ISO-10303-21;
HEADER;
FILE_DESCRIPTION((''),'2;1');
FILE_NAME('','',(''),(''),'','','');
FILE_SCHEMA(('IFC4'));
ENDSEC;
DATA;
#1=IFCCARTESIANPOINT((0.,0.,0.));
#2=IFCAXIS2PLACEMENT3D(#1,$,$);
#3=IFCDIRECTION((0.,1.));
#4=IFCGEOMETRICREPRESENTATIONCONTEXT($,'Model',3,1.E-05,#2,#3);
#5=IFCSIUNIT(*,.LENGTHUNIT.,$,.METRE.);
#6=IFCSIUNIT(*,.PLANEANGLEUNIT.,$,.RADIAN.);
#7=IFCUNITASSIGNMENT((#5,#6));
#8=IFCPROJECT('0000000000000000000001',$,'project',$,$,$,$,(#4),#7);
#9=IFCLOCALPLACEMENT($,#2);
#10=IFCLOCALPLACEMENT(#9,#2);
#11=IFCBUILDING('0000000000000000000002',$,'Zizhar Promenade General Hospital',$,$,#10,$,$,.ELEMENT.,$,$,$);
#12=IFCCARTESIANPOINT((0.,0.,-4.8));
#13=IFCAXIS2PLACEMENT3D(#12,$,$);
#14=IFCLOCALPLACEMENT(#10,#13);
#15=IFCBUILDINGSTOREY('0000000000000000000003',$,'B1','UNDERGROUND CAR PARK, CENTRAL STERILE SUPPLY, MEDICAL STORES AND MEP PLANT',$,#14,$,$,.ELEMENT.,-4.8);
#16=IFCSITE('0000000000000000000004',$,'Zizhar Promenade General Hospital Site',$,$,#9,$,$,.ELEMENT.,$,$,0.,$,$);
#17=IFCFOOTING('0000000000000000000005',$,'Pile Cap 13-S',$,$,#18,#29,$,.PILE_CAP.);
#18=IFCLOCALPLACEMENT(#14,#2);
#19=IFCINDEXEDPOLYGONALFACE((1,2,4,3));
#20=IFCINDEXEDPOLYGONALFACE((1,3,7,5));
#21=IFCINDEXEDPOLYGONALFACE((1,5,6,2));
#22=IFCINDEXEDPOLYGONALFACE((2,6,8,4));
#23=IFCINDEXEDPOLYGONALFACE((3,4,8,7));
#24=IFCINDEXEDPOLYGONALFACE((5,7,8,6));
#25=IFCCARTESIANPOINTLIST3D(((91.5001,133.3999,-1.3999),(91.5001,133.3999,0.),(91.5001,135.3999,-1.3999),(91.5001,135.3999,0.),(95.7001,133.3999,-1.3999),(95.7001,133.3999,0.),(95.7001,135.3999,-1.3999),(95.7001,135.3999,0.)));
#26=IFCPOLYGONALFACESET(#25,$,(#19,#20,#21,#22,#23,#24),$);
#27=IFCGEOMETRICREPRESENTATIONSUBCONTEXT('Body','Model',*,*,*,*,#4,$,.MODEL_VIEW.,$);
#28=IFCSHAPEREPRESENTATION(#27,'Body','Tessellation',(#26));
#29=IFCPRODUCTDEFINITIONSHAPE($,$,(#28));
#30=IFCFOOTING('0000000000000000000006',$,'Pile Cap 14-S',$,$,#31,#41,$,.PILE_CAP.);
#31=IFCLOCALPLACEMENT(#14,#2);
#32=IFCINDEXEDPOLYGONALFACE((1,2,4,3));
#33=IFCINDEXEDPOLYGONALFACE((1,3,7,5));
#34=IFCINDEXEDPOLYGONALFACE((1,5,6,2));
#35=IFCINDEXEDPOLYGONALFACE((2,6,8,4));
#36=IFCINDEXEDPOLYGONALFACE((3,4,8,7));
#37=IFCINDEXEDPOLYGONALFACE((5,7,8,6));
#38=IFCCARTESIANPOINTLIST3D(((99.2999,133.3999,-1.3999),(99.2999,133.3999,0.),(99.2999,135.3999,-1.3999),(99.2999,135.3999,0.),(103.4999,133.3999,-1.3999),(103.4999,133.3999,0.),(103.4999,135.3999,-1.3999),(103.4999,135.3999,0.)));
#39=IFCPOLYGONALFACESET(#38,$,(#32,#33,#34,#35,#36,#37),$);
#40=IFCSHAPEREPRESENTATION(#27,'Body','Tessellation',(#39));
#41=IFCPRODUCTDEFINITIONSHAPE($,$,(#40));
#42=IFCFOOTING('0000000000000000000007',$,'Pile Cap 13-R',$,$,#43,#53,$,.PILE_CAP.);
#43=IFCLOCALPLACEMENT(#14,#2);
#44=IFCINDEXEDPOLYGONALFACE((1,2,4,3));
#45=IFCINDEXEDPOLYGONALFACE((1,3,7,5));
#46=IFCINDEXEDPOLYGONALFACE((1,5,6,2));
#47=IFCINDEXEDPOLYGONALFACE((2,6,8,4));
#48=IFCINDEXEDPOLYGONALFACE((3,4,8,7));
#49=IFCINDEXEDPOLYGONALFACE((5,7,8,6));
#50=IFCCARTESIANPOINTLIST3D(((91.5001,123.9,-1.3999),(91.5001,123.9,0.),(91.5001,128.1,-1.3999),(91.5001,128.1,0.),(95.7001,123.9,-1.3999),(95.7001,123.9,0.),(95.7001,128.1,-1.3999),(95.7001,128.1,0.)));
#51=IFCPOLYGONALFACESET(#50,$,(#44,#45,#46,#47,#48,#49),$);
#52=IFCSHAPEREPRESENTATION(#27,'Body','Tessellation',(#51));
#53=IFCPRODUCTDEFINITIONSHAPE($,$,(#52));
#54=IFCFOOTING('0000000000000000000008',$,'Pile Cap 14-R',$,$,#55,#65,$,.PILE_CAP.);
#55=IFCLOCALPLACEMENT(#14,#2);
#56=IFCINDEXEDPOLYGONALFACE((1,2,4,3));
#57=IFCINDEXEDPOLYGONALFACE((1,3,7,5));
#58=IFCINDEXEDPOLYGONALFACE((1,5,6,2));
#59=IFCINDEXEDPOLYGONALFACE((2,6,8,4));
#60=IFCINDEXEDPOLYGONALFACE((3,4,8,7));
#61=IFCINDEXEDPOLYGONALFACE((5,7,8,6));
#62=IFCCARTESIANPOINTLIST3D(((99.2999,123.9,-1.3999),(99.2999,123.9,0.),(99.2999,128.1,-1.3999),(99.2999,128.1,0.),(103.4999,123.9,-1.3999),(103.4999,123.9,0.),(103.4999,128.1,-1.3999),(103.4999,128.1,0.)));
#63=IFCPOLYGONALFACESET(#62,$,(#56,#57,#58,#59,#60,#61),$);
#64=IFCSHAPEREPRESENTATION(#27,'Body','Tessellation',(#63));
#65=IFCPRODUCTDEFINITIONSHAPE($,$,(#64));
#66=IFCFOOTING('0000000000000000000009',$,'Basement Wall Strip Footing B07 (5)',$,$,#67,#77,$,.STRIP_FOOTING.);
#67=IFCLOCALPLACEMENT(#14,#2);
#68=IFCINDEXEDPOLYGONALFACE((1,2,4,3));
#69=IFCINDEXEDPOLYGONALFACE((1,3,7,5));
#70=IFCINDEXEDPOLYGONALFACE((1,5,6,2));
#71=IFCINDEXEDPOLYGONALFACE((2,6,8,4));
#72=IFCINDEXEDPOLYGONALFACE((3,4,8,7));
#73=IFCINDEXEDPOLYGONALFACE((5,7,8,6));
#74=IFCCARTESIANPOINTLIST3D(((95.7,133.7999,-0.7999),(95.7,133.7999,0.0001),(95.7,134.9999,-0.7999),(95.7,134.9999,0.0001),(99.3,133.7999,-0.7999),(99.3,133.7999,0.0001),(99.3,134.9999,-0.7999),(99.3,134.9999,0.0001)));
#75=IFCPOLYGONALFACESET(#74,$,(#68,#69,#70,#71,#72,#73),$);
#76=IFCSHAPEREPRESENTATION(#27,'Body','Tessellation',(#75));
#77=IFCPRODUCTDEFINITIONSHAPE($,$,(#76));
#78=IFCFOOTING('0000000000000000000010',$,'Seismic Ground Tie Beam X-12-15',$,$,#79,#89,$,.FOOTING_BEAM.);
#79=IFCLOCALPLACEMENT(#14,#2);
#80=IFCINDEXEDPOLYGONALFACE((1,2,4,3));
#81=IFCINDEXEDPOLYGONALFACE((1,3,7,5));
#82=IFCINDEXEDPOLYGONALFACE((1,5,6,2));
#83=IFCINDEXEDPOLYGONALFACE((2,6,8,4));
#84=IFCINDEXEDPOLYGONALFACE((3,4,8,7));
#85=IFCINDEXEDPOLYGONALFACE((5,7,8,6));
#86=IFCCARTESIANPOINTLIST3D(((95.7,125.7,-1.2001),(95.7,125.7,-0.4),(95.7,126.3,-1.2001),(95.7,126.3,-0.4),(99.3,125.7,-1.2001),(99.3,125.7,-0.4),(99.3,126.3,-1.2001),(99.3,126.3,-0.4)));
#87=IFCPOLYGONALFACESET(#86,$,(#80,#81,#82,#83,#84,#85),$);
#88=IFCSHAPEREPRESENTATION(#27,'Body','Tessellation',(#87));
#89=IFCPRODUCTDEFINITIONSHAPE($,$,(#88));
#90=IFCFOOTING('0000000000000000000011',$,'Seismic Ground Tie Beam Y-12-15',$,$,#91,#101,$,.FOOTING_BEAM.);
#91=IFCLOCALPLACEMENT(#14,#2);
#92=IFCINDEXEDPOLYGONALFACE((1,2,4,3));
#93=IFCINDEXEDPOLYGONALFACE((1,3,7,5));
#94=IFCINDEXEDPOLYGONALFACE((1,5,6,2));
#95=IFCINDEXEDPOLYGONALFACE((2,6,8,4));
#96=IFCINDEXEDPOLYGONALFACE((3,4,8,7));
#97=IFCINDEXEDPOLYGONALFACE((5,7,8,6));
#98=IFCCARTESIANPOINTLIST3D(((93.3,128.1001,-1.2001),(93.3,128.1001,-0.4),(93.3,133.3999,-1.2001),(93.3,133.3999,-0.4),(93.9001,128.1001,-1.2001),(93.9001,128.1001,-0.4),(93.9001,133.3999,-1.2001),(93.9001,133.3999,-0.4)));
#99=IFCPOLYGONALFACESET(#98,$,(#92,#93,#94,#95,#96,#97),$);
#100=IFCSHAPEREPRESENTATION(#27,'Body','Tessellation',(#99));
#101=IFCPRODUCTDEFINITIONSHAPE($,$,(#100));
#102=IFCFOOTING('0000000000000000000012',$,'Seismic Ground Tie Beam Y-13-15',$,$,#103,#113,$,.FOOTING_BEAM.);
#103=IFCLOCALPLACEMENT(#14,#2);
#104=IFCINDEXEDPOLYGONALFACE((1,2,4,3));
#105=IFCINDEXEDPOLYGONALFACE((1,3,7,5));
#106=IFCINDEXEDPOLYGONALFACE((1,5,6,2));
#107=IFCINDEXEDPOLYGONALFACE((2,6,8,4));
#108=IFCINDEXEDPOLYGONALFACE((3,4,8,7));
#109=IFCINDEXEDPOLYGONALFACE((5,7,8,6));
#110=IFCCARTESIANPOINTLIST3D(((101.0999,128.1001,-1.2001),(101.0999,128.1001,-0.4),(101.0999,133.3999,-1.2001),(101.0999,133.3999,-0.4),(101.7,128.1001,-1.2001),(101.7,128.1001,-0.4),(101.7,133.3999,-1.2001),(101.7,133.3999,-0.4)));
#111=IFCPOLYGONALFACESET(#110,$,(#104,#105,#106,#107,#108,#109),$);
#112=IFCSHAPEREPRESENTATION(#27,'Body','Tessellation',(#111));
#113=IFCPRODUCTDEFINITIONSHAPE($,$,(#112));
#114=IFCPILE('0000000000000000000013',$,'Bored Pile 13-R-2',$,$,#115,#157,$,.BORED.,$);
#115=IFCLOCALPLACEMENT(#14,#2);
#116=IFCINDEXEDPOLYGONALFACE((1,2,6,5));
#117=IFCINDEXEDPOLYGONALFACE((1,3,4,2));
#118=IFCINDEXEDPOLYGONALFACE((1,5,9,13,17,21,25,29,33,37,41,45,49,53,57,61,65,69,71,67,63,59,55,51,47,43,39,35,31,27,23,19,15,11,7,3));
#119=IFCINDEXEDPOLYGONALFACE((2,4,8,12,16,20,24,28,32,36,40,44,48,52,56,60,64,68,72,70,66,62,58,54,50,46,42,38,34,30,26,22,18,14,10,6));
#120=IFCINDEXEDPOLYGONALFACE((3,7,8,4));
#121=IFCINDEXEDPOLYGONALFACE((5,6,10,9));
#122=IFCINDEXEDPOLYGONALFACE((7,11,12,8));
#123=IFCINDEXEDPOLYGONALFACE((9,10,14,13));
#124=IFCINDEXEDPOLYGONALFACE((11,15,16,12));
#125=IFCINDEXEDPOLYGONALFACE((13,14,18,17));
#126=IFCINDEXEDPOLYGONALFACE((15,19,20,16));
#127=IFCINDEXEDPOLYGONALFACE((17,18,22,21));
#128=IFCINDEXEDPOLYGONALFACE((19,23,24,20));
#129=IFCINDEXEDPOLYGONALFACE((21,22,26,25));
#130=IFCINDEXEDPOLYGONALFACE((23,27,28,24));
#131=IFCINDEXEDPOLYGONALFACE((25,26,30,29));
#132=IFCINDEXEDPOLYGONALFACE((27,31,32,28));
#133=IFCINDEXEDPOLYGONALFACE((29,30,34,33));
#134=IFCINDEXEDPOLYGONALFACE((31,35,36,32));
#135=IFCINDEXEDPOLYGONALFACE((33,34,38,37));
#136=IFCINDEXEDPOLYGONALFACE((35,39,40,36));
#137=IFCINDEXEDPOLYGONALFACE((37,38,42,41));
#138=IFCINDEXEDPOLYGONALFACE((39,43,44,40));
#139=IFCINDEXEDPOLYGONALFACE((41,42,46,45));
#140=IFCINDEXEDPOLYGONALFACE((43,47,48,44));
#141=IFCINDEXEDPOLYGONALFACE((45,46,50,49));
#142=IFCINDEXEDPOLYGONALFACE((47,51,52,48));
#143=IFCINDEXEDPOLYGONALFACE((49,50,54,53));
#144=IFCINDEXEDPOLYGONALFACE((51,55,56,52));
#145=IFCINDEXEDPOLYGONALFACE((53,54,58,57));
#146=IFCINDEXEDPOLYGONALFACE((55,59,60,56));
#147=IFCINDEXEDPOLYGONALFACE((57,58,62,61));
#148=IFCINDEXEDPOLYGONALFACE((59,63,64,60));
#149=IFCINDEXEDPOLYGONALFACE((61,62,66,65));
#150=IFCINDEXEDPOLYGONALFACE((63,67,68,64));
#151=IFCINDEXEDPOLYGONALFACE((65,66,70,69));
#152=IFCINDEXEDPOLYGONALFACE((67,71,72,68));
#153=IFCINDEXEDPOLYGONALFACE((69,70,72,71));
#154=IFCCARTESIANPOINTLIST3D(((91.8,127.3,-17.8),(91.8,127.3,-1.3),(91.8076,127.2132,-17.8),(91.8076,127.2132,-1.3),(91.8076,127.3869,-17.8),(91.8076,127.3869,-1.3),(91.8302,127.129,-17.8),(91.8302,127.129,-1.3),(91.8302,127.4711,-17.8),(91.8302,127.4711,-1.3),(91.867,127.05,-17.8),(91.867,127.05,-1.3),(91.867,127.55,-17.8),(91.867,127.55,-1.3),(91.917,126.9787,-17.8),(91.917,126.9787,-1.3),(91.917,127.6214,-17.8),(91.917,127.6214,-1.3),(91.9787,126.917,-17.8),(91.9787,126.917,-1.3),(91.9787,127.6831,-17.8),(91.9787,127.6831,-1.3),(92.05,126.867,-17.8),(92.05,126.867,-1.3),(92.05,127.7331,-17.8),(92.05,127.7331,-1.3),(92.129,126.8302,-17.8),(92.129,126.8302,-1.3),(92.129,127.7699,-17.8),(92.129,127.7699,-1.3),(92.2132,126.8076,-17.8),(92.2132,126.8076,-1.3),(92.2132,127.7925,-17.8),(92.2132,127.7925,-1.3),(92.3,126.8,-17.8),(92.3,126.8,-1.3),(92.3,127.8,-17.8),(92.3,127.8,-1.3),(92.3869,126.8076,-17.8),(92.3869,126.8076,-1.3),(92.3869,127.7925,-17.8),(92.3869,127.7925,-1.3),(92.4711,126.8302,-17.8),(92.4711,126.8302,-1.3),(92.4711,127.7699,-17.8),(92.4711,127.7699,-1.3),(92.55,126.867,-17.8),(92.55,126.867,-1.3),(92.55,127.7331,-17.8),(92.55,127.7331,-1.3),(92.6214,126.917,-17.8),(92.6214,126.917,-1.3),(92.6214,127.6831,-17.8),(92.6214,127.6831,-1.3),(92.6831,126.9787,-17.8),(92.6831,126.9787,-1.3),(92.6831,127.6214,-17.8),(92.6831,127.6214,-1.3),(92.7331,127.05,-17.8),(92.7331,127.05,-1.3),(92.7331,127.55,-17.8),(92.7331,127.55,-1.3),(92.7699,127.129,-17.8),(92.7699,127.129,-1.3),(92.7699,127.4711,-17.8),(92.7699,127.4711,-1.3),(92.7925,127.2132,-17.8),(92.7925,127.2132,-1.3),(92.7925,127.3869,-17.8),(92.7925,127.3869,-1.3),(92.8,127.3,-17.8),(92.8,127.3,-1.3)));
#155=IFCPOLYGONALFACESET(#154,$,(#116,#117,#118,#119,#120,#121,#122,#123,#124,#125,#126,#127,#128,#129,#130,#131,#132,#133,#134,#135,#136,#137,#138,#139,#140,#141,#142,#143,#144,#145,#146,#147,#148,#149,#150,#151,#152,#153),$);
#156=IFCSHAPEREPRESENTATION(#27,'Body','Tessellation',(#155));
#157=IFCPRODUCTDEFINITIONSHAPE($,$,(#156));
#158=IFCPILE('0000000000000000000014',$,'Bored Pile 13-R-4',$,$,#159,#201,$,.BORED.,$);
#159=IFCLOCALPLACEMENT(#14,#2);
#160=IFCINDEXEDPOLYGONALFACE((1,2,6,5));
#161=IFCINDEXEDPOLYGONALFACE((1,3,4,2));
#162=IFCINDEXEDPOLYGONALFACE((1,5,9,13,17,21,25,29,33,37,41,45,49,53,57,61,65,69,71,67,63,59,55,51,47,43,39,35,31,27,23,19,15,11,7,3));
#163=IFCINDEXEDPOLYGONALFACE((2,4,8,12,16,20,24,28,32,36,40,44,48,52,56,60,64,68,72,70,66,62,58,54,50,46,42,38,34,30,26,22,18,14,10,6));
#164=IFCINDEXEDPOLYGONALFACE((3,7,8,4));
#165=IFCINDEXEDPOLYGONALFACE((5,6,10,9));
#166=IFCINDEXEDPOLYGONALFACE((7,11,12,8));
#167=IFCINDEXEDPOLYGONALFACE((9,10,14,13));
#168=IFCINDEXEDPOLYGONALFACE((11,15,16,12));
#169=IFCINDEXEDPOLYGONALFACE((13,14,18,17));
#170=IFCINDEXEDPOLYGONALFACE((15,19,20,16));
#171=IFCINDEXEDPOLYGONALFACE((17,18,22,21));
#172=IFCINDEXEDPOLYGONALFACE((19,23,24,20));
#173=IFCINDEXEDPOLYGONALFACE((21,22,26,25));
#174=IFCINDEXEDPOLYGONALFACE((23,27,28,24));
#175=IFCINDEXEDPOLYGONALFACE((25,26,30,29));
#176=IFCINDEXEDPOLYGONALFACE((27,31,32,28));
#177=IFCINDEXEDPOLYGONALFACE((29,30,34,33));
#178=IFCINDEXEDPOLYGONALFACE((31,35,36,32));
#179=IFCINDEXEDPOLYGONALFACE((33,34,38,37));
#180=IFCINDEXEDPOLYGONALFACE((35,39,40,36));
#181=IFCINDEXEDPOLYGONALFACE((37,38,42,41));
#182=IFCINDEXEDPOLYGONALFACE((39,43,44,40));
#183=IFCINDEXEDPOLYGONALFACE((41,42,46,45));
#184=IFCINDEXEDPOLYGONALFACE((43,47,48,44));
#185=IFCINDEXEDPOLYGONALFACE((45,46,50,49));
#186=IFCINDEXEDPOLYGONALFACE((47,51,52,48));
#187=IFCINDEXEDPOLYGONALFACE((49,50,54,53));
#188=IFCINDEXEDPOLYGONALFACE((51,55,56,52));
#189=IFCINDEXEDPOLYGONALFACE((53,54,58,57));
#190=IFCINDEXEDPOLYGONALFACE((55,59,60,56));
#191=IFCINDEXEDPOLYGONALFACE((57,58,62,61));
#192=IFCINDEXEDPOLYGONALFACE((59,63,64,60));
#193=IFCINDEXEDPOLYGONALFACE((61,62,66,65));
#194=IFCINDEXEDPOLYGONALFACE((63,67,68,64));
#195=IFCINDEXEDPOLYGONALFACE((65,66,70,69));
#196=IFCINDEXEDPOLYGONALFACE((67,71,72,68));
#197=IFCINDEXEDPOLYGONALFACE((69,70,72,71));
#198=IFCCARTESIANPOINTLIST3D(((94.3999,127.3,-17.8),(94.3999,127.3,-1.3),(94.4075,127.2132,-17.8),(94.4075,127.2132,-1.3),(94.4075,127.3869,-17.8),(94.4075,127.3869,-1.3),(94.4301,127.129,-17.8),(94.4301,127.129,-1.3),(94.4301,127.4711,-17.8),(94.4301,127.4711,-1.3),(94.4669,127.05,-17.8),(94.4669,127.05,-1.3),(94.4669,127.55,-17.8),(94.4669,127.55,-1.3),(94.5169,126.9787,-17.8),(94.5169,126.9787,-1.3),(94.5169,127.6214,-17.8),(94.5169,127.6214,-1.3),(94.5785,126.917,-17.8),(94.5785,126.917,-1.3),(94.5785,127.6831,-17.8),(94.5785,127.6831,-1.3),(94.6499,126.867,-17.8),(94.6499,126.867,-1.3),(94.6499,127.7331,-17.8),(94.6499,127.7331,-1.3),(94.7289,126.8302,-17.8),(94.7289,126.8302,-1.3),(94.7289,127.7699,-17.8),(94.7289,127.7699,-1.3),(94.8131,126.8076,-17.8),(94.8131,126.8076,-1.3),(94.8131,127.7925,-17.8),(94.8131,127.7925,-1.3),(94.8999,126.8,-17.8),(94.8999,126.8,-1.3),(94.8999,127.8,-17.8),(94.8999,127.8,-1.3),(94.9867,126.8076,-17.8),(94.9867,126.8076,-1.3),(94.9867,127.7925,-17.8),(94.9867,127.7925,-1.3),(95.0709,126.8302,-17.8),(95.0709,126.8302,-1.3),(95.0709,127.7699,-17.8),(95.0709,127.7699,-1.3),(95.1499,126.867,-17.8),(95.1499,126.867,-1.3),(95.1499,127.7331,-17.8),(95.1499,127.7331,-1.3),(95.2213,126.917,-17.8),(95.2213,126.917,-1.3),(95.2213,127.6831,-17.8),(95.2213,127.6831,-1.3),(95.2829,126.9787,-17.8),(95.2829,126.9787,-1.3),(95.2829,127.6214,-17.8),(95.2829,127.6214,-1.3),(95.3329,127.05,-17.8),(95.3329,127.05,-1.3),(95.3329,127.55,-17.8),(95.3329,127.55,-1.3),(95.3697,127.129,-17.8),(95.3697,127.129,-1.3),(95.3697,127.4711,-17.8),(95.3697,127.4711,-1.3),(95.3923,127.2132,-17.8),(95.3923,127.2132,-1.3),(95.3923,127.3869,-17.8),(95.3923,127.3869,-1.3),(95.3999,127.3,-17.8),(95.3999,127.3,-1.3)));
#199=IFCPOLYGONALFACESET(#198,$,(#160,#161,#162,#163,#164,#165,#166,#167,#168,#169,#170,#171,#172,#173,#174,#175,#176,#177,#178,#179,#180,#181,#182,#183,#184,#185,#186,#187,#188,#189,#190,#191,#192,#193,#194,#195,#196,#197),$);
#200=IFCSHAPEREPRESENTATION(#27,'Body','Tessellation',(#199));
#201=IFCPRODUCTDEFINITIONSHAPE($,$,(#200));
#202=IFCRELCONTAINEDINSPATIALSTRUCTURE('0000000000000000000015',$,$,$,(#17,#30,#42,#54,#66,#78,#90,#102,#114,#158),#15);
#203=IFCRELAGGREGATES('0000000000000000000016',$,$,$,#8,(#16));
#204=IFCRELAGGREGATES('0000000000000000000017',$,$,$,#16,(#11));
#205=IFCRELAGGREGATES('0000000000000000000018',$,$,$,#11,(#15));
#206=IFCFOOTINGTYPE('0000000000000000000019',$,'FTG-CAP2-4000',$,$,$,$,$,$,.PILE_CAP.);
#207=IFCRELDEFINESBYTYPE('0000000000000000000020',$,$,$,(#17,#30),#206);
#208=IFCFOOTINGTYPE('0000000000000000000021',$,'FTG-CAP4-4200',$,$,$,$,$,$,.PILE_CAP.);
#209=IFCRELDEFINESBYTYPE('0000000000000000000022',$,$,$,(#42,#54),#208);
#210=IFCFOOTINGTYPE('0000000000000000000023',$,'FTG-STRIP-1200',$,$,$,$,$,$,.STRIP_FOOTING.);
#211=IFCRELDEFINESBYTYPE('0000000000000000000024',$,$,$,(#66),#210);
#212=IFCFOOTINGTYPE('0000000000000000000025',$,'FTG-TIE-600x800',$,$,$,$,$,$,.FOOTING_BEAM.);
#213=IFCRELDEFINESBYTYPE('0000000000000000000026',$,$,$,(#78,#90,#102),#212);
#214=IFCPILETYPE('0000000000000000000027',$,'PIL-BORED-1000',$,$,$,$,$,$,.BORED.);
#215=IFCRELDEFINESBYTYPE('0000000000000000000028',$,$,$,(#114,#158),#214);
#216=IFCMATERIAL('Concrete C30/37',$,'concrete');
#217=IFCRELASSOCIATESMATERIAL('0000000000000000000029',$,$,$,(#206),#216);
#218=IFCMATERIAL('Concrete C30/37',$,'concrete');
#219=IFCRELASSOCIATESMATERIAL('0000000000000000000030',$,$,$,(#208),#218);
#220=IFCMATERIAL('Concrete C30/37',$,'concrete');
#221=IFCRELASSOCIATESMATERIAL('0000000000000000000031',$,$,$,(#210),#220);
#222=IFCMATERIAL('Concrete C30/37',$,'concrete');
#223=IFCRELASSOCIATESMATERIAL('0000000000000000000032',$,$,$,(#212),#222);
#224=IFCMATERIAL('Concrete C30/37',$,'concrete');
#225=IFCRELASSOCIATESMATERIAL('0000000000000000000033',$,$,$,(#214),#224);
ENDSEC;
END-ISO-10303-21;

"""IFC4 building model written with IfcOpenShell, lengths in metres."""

from ifc_helpers import new_model, si_unit, direction, frame, origin, origin_2d, place, context, subcontext, project, spatial, rectangle, circle, extrude, material, material_profile, profile_set, type_object, element, save


model = new_model("IFC4")

# Units and contexts
model_context = context("Model", 3, precision=1e-05, world=origin(), true_north=direction((0.0, 1.0)))
body_context = subcontext(model_context, "Body", "Model", "MODEL_VIEW")
ifc_project = project(units=[si_unit("LENGTHUNIT", "METRE"), si_unit("PLANEANGLEUNIT", "RADIAN")], contexts=[model_context])

# Site, building, storey
site_placement = place(None, origin())
site = spatial("IfcSite", under=ifc_project, at=site_placement, Name="Zizhar Promenade General Hospital Site", CompositionType="ELEMENT", RefElevation=0.0)
building_placement = place(site_placement, origin())
building = spatial("IfcBuilding", under=site, at=building_placement, Name="Zizhar Promenade General Hospital", CompositionType="ELEMENT")
storey_placement = place(building_placement, frame((0.0, 0.0, -4.8)))
storey = spatial("IfcBuildingStorey", under=building, at=storey_placement, Name="B1", Description="UNDERGROUND CAR PARK, CENTRAL STERILE SUPPLY, MEDICAL STORES AND MEP PLANT", CompositionType="ELEMENT", Elevation=-4.8)

# Footings
ifc_material_1 = material(Name="Concrete C30/37", Category="concrete")
footing_type_1 = type_object("IfcFootingType", Name="FTG-CAP2-4000", PredefinedType="PILE_CAP", material=ifc_material_1)
for number, where, z_axis, x_axis, name in (
    (1, (93.6001, 134.3999, -1.3999), (0.0, 0.0, 1.0), (1.0, 0.0, 0.0), "Pile Cap 13-S"),
    (2, (101.3999, 134.3999, -1.3999), (0.0, 0.0, 1.0), (1.0, 0.0, 0.0), "Pile Cap 14-S"),
):
    element("IfcFooting", number, at=place(storey_placement, frame(where, z_axis=z_axis, x_axis=x_axis)), inside=storey, type_object=footing_type_1, Name=name, PredefinedType="PILE_CAP", context=body_context, shape_type="SweptSolid", body=[
        extrude(rectangle(XDim=4.2, YDim=2.0, at=origin_2d()), origin(), (0.0, 0.0, 1.0), 1.3999),
    ])
ifc_material_2 = material(Name="Concrete C30/37", Category="concrete")
footing_type_2 = type_object("IfcFootingType", Name="FTG-CAP4-4200", PredefinedType="PILE_CAP", material=ifc_material_2)
for number, where, z_axis, x_axis, name in (
    (3, (93.6001, 126.0, -1.3999), (0.0, 0.0, 1.0), (1.0, 0.0, 0.0), "Pile Cap 13-R"),
    (4, (101.3999, 126.0, -1.3999), (0.0, 0.0, 1.0), (1.0, 0.0, 0.0), "Pile Cap 14-R"),
):
    element("IfcFooting", number, at=place(storey_placement, frame(where, z_axis=z_axis, x_axis=x_axis)), inside=storey, type_object=footing_type_2, Name=name, PredefinedType="PILE_CAP", context=body_context, shape_type="SweptSolid", body=[
        extrude(rectangle(XDim=4.2, YDim=4.2, at=origin_2d()), origin(), (0.0, 0.0, 1.0), 1.3999),
    ])
ifc_material_3 = material(Name="Concrete C30/37", Category="concrete")
ifc_material_profile_1 = material_profile(ifc_material_3, rectangle(XDim=1.2, YDim=0.8, at=origin_2d()))
ifc_profile_set_1 = profile_set([ifc_material_profile_1], Name="Concrete C30/37")
footing_type_3 = type_object("IfcFootingType", Name="FTG-STRIP-1200", PredefinedType="STRIP_FOOTING", material=ifc_profile_set_1)
footing_1_placement = place(storey_placement, frame((99.3, 134.3999, -0.3999), z_axis=(-1.0, 0.0, 0.0), x_axis=(0.0, -1.0, 0.0)))
element("IfcFooting", 5, at=footing_1_placement, inside=storey, type_object=footing_type_3, Name="Basement Wall Strip Footing B07 (5)", PredefinedType="STRIP_FOOTING", context=body_context, shape_type="SweptSolid", body=[
    extrude(rectangle(XDim=1.2, YDim=0.8, at=origin_2d()), origin(), (0.0, 0.0, 1.0), 3.6001),
])
ifc_material_4 = material(Name="Concrete C30/37", Category="concrete")
ifc_material_profile_2 = material_profile(ifc_material_4, rectangle(XDim=0.6001, YDim=0.8, at=origin_2d()))
ifc_profile_set_2 = profile_set([ifc_material_profile_2], Name="Concrete C30/37")
footing_type_4 = type_object("IfcFootingType", Name="FTG-TIE-600x800", PredefinedType="FOOTING_BEAM", material=ifc_profile_set_2)
footing_2_placement = place(storey_placement, frame((95.7, 126.0, -0.8), z_axis=(1.0, 0.0, 0.0), x_axis=(0.0, 1.0, 0.0)))
element("IfcFooting", 6, at=footing_2_placement, inside=storey, type_object=footing_type_4, Name="Seismic Ground Tie Beam X-12-15", PredefinedType="FOOTING_BEAM", context=body_context, shape_type="SweptSolid", body=[
    extrude(rectangle(XDim=0.6001, YDim=0.8, at=origin_2d()), origin(), (0.0, 0.0, 1.0), 3.6001),
])
for number, where, z_axis, x_axis, name in (
    (7, (93.6001, 128.1001, -0.8), (0.0, 1.0, 0.0), (-1.0, 0.0, 0.0), "Seismic Ground Tie Beam Y-12-15"),
    (8, (101.3999, 128.1001, -0.8), (0.0, 1.0, 0.0), (-1.0, 0.0, 0.0), "Seismic Ground Tie Beam Y-13-15"),
):
    element("IfcFooting", number, at=place(storey_placement, frame(where, z_axis=z_axis, x_axis=x_axis)), inside=storey, type_object=footing_type_4, Name=name, PredefinedType="FOOTING_BEAM", context=body_context, shape_type="SweptSolid", body=[
        extrude(rectangle(XDim=0.6001, YDim=0.8, at=origin_2d()), origin(), (0.0, 0.0, 1.0), 5.2998),
    ])

# Piles
ifc_material_5 = material(Name="Concrete C30/37", Category="concrete")
ifc_material_profile_3 = material_profile(ifc_material_5, circle(Radius=0.5, at=origin_2d()))
ifc_profile_set_3 = profile_set([ifc_material_profile_3], Name="Concrete C30/37")
pile_type = type_object("IfcPileType", Name="PIL-BORED-1000", PredefinedType="BORED", material=ifc_profile_set_3)
for number, where, z_axis, x_axis, name in (
    (9, (92.3, 127.3, -1.3), (0.0, 0.0, -1.0), (1.0, 0.0, 0.0), "Bored Pile 13-R-2"),
    (10, (94.8999, 127.3, -1.3), (0.0, 0.0, -1.0), (1.0, 0.0, 0.0), "Bored Pile 13-R-4"),
):
    element("IfcPile", number, at=place(storey_placement, frame(where, z_axis=z_axis, x_axis=x_axis)), inside=storey, type_object=pile_type, Name=name, PredefinedType="BORED", context=body_context, shape_type="SweptSolid", body=[
        extrude(circle(Radius=0.5, at=origin_2d()), origin(), (0.0, 0.0, 1.0), 16.5),
    ])

save(model, "model.ifc")
